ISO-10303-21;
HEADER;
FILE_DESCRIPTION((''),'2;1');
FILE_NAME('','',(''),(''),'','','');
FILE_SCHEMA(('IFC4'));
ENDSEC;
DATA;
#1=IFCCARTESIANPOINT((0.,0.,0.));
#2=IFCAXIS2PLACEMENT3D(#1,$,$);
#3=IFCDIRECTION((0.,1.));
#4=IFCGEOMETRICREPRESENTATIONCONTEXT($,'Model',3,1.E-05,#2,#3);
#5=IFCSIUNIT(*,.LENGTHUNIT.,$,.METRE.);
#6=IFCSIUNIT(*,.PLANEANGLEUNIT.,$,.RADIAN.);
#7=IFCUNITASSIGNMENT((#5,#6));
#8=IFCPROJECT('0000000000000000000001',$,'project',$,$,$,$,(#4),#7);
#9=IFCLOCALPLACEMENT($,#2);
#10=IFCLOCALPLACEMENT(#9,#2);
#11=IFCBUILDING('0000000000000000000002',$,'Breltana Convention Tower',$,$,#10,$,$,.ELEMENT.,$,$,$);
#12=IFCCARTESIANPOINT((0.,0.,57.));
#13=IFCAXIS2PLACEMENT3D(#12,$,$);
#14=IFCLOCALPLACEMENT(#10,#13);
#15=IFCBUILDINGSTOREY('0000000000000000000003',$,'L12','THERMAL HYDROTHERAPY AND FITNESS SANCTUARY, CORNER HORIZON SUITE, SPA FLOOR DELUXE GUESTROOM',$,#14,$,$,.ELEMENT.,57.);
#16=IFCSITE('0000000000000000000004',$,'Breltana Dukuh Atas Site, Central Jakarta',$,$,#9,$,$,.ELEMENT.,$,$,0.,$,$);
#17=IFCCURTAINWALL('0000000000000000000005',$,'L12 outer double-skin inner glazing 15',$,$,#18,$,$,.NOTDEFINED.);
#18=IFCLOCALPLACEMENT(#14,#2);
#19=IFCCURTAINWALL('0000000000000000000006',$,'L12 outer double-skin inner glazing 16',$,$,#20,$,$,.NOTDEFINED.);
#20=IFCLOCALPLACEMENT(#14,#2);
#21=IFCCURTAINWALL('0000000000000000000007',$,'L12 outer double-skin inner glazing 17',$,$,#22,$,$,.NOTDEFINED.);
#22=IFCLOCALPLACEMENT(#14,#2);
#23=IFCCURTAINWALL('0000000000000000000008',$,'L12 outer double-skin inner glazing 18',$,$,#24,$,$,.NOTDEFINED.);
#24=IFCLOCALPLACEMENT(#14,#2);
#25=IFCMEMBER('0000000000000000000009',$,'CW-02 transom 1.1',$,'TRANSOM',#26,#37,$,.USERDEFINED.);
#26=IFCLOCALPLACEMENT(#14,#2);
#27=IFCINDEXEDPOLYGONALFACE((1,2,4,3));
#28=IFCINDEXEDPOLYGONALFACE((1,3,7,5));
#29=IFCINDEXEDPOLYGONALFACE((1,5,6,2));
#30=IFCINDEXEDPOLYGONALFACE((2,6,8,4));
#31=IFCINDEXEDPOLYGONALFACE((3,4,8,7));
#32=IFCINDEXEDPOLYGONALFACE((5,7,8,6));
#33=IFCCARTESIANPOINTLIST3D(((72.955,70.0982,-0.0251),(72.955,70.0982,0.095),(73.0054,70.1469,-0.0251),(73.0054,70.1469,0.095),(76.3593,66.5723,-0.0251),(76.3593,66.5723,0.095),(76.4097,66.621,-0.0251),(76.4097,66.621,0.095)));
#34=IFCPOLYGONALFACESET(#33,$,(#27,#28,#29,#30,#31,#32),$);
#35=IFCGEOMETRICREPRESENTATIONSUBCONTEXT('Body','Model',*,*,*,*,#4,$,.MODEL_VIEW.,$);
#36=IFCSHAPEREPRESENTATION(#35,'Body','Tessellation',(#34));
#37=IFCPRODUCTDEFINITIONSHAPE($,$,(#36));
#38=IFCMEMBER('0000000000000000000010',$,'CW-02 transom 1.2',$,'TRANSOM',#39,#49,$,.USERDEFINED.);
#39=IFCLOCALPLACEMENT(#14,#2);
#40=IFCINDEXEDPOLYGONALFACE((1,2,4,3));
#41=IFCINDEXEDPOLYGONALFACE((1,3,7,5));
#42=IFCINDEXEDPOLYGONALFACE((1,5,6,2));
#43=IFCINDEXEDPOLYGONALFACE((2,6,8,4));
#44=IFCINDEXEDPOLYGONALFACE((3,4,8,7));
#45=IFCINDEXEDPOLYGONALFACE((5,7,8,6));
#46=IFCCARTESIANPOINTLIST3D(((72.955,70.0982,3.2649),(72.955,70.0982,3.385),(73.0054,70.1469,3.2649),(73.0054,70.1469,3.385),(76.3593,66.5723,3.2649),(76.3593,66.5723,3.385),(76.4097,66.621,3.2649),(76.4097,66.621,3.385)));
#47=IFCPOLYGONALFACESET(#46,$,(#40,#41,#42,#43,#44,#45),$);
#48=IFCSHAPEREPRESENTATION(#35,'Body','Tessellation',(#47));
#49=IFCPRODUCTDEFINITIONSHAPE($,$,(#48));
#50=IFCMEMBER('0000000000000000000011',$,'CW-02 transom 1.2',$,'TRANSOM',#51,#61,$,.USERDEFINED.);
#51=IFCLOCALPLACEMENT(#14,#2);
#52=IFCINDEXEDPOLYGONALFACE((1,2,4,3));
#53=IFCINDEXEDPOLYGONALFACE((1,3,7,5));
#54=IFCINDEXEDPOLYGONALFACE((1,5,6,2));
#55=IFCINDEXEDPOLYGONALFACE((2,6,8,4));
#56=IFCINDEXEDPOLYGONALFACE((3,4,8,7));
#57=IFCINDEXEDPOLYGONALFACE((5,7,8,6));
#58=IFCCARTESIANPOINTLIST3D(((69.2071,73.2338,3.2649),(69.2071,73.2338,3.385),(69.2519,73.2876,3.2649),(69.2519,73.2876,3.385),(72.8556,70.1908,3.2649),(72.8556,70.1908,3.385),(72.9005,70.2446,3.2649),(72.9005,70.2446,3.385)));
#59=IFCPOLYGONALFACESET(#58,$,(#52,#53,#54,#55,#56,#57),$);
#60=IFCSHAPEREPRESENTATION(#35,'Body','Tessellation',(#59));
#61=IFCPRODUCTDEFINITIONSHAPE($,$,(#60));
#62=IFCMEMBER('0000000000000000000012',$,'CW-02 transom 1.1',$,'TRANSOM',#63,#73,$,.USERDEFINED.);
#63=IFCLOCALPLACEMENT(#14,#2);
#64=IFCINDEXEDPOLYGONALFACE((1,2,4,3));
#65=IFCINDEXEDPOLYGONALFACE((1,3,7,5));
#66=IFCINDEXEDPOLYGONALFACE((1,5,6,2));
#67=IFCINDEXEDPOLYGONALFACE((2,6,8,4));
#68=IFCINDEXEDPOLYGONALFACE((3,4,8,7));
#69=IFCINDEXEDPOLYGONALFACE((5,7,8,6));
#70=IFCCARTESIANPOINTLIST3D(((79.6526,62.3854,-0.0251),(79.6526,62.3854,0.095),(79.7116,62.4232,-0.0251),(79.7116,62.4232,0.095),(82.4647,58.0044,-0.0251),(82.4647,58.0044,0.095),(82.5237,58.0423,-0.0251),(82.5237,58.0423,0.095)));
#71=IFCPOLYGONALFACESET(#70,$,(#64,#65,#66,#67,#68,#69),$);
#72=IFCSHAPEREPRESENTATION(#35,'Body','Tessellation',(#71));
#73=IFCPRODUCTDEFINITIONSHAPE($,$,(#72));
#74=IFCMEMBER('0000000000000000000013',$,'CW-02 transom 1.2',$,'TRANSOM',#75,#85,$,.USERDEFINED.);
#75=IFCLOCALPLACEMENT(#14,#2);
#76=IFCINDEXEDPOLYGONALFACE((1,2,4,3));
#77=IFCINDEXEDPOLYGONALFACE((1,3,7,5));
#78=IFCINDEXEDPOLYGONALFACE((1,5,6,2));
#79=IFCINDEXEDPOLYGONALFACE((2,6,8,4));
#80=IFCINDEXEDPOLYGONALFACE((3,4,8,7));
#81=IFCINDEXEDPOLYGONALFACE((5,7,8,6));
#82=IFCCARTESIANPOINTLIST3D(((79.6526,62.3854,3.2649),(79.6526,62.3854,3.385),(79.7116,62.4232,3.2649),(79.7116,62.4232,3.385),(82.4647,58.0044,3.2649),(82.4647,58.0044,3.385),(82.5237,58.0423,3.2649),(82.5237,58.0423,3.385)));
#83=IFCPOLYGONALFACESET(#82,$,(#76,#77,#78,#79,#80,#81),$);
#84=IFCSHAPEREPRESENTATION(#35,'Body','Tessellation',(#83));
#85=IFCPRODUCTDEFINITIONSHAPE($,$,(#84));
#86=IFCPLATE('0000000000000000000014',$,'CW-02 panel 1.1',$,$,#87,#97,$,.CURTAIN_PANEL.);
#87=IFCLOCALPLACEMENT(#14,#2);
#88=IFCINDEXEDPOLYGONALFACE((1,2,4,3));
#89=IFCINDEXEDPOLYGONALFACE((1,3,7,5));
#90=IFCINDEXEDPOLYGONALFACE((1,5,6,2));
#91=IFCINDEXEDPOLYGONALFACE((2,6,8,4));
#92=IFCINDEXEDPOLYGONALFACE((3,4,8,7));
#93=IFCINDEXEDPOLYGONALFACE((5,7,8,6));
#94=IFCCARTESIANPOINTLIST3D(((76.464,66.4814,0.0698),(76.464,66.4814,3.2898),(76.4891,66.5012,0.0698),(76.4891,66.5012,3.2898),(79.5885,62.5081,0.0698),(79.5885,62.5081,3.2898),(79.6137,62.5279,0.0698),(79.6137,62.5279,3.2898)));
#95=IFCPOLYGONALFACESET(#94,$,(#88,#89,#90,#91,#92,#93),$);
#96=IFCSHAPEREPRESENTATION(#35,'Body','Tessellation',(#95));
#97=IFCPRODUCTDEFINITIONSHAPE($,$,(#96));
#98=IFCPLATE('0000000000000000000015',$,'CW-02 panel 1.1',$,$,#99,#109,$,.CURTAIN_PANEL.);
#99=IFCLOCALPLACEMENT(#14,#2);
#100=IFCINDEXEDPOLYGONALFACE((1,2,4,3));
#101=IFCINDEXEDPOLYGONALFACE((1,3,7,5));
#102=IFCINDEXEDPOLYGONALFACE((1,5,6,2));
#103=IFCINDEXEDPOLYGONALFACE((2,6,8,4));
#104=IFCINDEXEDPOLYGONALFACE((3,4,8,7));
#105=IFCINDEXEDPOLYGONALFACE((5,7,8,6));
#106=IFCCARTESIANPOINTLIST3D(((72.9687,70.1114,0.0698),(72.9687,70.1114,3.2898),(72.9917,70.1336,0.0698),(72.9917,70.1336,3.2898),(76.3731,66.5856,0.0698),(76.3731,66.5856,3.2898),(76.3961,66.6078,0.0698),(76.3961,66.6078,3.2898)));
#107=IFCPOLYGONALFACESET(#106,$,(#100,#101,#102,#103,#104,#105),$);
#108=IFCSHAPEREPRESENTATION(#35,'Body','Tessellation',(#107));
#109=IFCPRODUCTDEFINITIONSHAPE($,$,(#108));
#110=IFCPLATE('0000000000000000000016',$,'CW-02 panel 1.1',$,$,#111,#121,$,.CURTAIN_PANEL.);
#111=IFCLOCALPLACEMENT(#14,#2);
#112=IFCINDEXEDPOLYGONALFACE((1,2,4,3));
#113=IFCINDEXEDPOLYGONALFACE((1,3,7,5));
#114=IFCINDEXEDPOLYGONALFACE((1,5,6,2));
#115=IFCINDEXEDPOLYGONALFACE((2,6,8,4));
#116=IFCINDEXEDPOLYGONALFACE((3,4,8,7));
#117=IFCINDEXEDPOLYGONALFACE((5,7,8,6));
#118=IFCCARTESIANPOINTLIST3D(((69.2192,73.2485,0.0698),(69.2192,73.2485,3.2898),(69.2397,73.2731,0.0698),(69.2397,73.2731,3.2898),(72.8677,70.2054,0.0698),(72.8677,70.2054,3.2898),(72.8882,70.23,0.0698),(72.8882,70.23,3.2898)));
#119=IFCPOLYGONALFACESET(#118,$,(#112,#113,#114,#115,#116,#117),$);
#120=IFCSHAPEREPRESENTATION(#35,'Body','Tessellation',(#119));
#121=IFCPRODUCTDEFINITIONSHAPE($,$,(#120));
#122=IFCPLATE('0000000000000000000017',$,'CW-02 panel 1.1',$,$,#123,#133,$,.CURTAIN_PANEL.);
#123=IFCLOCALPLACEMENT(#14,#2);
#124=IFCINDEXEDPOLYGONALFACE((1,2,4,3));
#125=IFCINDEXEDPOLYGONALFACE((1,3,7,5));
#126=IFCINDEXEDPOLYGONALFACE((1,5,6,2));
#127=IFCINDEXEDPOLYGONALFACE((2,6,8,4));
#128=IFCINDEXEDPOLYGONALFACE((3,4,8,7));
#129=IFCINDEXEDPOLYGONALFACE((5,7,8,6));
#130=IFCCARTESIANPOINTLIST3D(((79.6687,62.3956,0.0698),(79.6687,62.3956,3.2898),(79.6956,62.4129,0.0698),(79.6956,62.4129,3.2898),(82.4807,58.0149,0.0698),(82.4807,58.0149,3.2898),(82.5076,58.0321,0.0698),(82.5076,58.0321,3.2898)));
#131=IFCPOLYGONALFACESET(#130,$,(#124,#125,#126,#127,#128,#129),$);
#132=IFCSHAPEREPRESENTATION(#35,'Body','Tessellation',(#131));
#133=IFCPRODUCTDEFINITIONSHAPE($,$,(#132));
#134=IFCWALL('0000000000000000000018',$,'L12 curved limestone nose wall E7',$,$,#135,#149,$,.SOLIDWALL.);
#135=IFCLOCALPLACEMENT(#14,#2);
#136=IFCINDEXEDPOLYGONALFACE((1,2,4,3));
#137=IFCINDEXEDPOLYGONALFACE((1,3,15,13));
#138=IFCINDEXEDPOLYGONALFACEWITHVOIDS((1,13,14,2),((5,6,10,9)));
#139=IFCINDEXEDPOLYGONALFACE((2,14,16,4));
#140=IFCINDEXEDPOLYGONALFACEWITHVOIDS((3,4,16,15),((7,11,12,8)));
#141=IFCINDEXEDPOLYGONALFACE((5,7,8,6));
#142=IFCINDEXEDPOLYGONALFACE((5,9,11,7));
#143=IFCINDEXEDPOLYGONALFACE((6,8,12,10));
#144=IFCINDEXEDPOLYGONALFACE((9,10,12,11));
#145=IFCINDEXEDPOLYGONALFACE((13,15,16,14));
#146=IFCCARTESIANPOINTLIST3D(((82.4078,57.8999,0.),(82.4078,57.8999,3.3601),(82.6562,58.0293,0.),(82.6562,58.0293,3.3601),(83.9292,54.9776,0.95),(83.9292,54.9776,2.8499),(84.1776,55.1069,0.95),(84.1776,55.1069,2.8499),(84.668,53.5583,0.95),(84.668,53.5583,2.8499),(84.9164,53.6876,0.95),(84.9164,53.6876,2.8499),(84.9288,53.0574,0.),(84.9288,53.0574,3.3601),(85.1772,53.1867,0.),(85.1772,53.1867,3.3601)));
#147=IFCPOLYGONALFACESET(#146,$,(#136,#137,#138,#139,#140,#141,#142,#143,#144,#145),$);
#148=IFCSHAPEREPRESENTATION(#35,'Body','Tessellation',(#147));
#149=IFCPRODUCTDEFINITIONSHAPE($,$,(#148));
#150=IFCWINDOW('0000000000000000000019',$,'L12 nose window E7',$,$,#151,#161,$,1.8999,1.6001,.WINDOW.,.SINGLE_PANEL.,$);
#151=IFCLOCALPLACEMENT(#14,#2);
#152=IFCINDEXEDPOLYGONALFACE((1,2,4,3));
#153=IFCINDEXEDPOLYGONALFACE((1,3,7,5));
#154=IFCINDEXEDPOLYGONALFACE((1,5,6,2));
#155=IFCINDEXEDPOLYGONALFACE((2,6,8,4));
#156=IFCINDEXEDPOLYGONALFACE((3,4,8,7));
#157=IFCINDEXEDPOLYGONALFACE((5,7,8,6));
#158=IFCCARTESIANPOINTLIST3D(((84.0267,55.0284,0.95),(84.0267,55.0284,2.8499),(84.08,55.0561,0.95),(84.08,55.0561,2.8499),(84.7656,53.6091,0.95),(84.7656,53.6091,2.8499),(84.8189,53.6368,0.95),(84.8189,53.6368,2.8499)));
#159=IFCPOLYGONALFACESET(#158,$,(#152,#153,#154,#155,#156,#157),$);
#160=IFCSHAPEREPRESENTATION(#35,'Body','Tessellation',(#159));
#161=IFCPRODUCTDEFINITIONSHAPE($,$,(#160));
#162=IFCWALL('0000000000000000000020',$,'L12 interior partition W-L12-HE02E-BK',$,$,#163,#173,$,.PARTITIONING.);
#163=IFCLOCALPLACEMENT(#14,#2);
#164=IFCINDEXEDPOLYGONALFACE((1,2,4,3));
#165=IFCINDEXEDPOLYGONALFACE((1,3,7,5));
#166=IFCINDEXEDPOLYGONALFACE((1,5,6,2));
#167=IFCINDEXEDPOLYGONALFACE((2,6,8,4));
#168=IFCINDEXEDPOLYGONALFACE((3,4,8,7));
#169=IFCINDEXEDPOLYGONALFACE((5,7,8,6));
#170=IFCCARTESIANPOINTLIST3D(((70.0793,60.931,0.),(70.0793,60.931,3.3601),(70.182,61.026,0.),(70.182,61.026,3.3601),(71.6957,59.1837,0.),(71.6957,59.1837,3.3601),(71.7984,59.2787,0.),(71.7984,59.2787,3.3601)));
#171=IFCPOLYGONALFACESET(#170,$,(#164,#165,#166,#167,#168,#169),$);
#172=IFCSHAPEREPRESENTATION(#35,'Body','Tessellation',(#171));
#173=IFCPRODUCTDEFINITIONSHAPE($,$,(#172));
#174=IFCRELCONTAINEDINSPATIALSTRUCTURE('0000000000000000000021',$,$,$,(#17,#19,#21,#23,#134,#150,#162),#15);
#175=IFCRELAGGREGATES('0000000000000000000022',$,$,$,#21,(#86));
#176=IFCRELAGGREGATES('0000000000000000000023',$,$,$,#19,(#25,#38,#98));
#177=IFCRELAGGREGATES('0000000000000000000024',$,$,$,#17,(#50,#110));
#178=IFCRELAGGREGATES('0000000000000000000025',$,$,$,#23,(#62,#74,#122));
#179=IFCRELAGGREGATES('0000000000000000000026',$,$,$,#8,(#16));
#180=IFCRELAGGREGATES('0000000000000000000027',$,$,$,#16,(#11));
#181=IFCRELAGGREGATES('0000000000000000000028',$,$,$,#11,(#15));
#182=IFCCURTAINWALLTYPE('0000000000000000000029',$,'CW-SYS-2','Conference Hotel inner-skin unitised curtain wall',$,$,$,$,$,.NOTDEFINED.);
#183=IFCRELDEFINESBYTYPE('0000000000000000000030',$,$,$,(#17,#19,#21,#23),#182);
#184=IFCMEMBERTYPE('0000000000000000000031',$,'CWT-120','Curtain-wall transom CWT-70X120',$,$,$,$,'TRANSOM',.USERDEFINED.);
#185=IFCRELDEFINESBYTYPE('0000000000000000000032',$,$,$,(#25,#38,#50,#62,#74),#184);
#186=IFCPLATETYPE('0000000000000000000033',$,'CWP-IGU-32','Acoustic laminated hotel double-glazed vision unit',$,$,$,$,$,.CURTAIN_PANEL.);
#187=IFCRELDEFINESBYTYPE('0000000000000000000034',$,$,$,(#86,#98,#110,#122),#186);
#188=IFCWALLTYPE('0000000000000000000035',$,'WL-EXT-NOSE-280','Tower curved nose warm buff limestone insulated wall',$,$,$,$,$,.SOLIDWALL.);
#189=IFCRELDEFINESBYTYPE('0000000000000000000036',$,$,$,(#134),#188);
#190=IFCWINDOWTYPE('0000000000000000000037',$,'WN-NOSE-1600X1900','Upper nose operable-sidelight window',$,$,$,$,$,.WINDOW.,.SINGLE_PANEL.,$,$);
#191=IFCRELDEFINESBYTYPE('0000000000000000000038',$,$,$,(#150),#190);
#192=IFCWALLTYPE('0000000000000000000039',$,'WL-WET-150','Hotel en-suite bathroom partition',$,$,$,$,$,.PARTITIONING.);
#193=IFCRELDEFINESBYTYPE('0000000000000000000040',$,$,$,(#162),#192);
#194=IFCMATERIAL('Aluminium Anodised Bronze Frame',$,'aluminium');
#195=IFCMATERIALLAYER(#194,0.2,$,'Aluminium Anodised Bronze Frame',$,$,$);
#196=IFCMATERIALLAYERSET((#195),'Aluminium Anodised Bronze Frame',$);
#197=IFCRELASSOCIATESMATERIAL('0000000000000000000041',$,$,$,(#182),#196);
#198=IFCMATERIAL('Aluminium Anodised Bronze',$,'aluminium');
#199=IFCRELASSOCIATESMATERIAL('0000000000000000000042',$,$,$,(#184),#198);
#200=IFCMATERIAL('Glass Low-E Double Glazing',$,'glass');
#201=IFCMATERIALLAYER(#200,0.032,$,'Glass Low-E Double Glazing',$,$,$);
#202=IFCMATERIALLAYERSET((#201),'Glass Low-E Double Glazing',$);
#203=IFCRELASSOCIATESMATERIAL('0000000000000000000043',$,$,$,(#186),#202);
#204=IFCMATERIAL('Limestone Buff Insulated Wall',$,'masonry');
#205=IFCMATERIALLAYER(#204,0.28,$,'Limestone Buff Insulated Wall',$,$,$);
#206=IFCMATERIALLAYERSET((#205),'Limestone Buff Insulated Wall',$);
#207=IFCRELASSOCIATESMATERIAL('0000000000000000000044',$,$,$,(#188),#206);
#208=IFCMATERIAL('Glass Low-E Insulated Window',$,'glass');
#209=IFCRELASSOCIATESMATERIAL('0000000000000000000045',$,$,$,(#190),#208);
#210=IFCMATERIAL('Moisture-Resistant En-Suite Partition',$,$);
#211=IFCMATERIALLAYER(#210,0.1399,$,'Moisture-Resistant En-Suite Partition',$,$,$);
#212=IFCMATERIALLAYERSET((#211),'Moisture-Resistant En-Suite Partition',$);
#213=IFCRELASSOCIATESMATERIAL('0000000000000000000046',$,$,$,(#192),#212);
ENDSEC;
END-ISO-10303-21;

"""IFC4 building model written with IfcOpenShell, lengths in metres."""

from ifc_helpers import new_model, si_unit, direction, frame, frame_2d, origin, origin_2d, place, context, subcontext, project, spatial, rectangle, extrude, source, transform, mapped, material, layer, layer_set, material_profile, profile_set, type_object, type_shapes, element, fill, aggregate, save


model = new_model("IFC4")

# Units and contexts
model_context = context("Model", 3, precision=1e-05, world=origin(), true_north=direction((0.0, 1.0)))
body_context = subcontext(model_context, "Body", "Model", "MODEL_VIEW")
ifc_project = project(units=[si_unit("LENGTHUNIT", "METRE"), si_unit("PLANEANGLEUNIT", "RADIAN")], contexts=[model_context])

# Site, building, storey
site_placement = place(None, origin())
site = spatial("IfcSite", under=ifc_project, at=site_placement, Name="Breltana Dukuh Atas Site, Central Jakarta", CompositionType="ELEMENT", RefElevation=0.0)
building_placement = place(site_placement, origin())
building = spatial("IfcBuilding", under=site, at=building_placement, Name="Breltana Convention Tower", CompositionType="ELEMENT")
storey_placement = place(building_placement, frame((0.0, 0.0, 57.0)))
storey = spatial("IfcBuildingStorey", under=building, at=storey_placement, Name="L12", Description="THERMAL HYDROTHERAPY AND FITNESS SANCTUARY, CORNER HORIZON SUITE, SPA FLOOR DELUXE GUESTROOM", CompositionType="ELEMENT", Elevation=57.0)

# Curtain wall
ifc_material_1 = material(Name="Aluminium Anodised Bronze Frame", Category="aluminium")
ifc_layer_1 = layer(ifc_material_1, 0.2, Name="Aluminium Anodised Bronze Frame")
ifc_layer_set_1 = layer_set([ifc_layer_1], Name="Aluminium Anodised Bronze Frame")
curtain_wall_type = type_object("IfcCurtainWallType", Name="CW-SYS-2", Description="Conference Hotel inner-skin unitised curtain wall", PredefinedType="NOTDEFINED", material=ifc_layer_set_1)
curtain_wall_1_placement = place(storey_placement, origin())
curtain_wall_1 = element("IfcCurtainWall", 1, at=curtain_wall_1_placement, inside=storey, type_object=curtain_wall_type, Name="L12 outer double-skin inner glazing 15", PredefinedType="NOTDEFINED")
ifc_material_2 = material(Name="Aluminium Anodised Bronze", Category="aluminium")

# Curtain walls
curtain_wall_2_placement = place(storey_placement, origin())
curtain_wall_2 = element("IfcCurtainWall", 2, at=curtain_wall_2_placement, inside=storey, type_object=curtain_wall_type, Name="L12 outer double-skin inner glazing 16", PredefinedType="NOTDEFINED")
curtain_wall_3_placement = place(storey_placement, origin())
curtain_wall_3 = element("IfcCurtainWall", 3, at=curtain_wall_3_placement, inside=storey, type_object=curtain_wall_type, Name="L12 outer double-skin inner glazing 17", PredefinedType="NOTDEFINED")
curtain_wall_4_placement = place(storey_placement, origin())
curtain_wall_4 = element("IfcCurtainWall", 4, at=curtain_wall_4_placement, inside=storey, type_object=curtain_wall_type, Name="L12 outer double-skin inner glazing 18", PredefinedType="NOTDEFINED")

# Members
ifc_material_profile_1 = material_profile(ifc_material_2, rectangle(XDim=0.0701, YDim=0.1201, at=origin_2d()), Name="CWT-70X120")
ifc_profile_set_1 = profile_set([ifc_material_profile_1], Name="Aluminium Anodised Bronze")
member_type_1 = type_object("IfcMemberType", Name="CWT-120", Description="Curtain-wall transom CWT-70X120", ElementType="TRANSOM", PredefinedType="USERDEFINED", material=ifc_profile_set_1)
shared_shape_1 = source(origin(), body_context, "Body", "SweptSolid", [
    extrude(rectangle(XDim=0.0701, YDim=0.1201, at=origin_2d()), origin(), (0.0, 0.0, 1.0), 4.9011),
])
member_1_placement = place(storey_placement, frame((72.9802, 70.1226, 0.0349), z_axis=(0.694595, -0.719401, 0.0), x_axis=(0.719401, 0.694595, 0.0)))
member_1 = element("IfcMember", 5, at=member_1_placement, type_object=member_type_1, Name="CW-02 transom 1.1", ObjectType="TRANSOM", PredefinedType="USERDEFINED", context=body_context, shape_type="MappedRepresentation", body=[
    mapped(shared_shape_1, transform((0.0, 0.0, 0.0), scale=1.0)),
])
member_2_placement = place(storey_placement, frame((72.9802, 70.1226, 3.325), z_axis=(0.694595, -0.719401, 0.0), x_axis=(0.719401, 0.694595, 0.0)))
member_2 = element("IfcMember", 6, at=member_2_placement, type_object=member_type_1, Name="CW-02 transom 1.2", ObjectType="TRANSOM", PredefinedType="USERDEFINED", context=body_context, shape_type="MappedRepresentation", body=[
    mapped(shared_shape_1, transform((0.0, 0.0, 0.0), scale=1.0)),
])
shared_shape_2 = source(origin(), body_context, "Body", "SweptSolid", [
    extrude(rectangle(XDim=0.0701, YDim=0.1201, at=origin_2d()), origin(), (0.0, 0.0, 1.0), 4.751),
])
member_3_placement = place(storey_placement, frame((69.2295, 73.2607, 3.325), z_axis=(0.767952, -0.640508, 0.0), x_axis=(0.640508, 0.767952, 0.0)))
member_3 = element("IfcMember", 7, at=member_3_placement, type_object=member_type_1, Name="CW-02 transom 1.2", ObjectType="TRANSOM", PredefinedType="USERDEFINED", context=body_context, shape_type="MappedRepresentation", body=[
    mapped(shared_shape_2, transform((0.0, 0.0, 0.0), scale=1.0)),
])
shared_shape_3 = source(origin(), body_context, "Body", "SweptSolid", [
    extrude(rectangle(XDim=0.0701, YDim=0.1201, at=origin_2d()), origin(), (0.0, 0.0, 1.0), 5.2058),
])
member_4_placement = place(storey_placement, frame((79.6821, 62.4043, 0.0349), z_axis=(0.540179, -0.84155, 0.0), x_axis=(0.84155, 0.540179, 0.0)))
member_4 = element("IfcMember", 8, at=member_4_placement, type_object=member_type_1, Name="CW-02 transom 1.1", ObjectType="TRANSOM", PredefinedType="USERDEFINED", context=body_context, shape_type="MappedRepresentation", body=[
    mapped(shared_shape_3, transform((0.0, 0.0, 0.0), scale=1.0)),
])
member_5_placement = place(storey_placement, frame((79.6821, 62.4043, 3.325), z_axis=(0.540179, -0.84155, 0.0), x_axis=(0.84155, 0.540179, 0.0)))
member_5 = element("IfcMember", 9, at=member_5_placement, type_object=member_type_1, Name="CW-02 transom 1.2", ObjectType="TRANSOM", PredefinedType="USERDEFINED", context=body_context, shape_type="MappedRepresentation", body=[
    mapped(shared_shape_3, transform((0.0, 0.0, 0.0), scale=1.0)),
])

# Plates
ifc_material_3 = material(Name="Glass Low-E Double Glazing", Category="glass")
ifc_layer_2 = layer(ifc_material_3, 0.032, Name="Glass Low-E Double Glazing")
ifc_layer_set_2 = layer_set([ifc_layer_2], Name="Glass Low-E Double Glazing")
plate_type = type_object("IfcPlateType", Name="CWP-IGU-32", Description="Acoustic laminated hotel double-glazed vision unit", PredefinedType="CURTAIN_PANEL", material=ifc_layer_set_2)
shared_shape_4 = source(origin(), body_context, "Body", "SweptSolid", [
    extrude(rectangle(XDim=5.0547, YDim=0.032, at=origin_2d()), origin(), (0.0, 0.0, 1.0), 3.22),
])
plate_1_placement = place(storey_placement, frame((78.0388, 64.5046, 0.0698), z_axis=(0.0, 0.0, 1.0), x_axis=(0.618154, -0.786057, 0.0)))
plate_1 = element("IfcPlate", 10, at=plate_1_placement, type_object=plate_type, Name="CW-02 panel 1.1", PredefinedType="CURTAIN_PANEL", context=body_context, shape_type="MappedRepresentation", body=[
    mapped(shared_shape_4, transform((0.0, 0.0, 0.0), scale=1.0)),
])
aggregate(curtain_wall_3, [plate_1])
shared_shape_5 = source(origin(), body_context, "Body", "SweptSolid", [
    extrude(rectangle(XDim=4.9011, YDim=0.032, at=origin_2d()), origin(), (0.0, 0.0, 1.0), 3.22),
])
plate_2_placement = place(storey_placement, frame((74.6824, 68.3596, 0.0698), z_axis=(0.0, 0.0, 1.0), x_axis=(0.69461, -0.719386, 0.0)))
plate_2 = element("IfcPlate", 11, at=plate_2_placement, type_object=plate_type, Name="CW-02 panel 1.1", PredefinedType="CURTAIN_PANEL", context=body_context, shape_type="MappedRepresentation", body=[
    mapped(shared_shape_5, transform((0.0, 0.0, 0.0), scale=1.0)),
])
aggregate(curtain_wall_2, [member_1, member_2, plate_2])
shared_shape_6 = source(origin(), body_context, "Body", "SweptSolid", [
    extrude(rectangle(XDim=4.751, YDim=0.032, at=origin_2d()), origin(), (0.0, 0.0, 1.0), 3.22),
])
plate_3_placement = place(storey_placement, frame((71.0537, 71.7393, 0.0698), z_axis=(0.0, 0.0, 1.0), x_axis=(0.767941, -0.64052, 0.0)))
plate_3 = element("IfcPlate", 12, at=plate_3_placement, type_object=plate_type, Name="CW-02 panel 1.1", PredefinedType="CURTAIN_PANEL", context=body_context, shape_type="MappedRepresentation", body=[
    mapped(shared_shape_6, transform((0.0, 0.0, 0.0), scale=1.0)),
])
aggregate(curtain_wall_1, [member_3, plate_3])
shared_shape_7 = source(origin(), body_context, "Body", "SweptSolid", [
    extrude(rectangle(XDim=5.2056, YDim=0.032, at=origin_2d()), origin(), (0.0, 0.0, 1.0), 3.22),
])
plate_4_placement = place(storey_placement, frame((81.0881, 60.2139, 0.0698), z_axis=(0.0, 0.0, 1.0), x_axis=(0.540181, -0.841549, 0.0)))
plate_4 = element("IfcPlate", 13, at=plate_4_placement, type_object=plate_type, Name="CW-02 panel 1.1", PredefinedType="CURTAIN_PANEL", context=body_context, shape_type="MappedRepresentation", body=[
    mapped(shared_shape_7, transform((0.0, 0.0, 0.0), scale=1.0)),
])
aggregate(curtain_wall_4, [member_4, member_5, plate_4])

# Wall, opening, window
ifc_material_4 = material(Name="Limestone Buff Insulated Wall", Category="masonry")
ifc_layer_3 = layer(ifc_material_4, 0.28, Name="Limestone Buff Insulated Wall")
ifc_layer_set_3 = layer_set([ifc_layer_3], Name="Limestone Buff Insulated Wall")
wall_type_1 = type_object("IfcWallType", Name="WL-EXT-NOSE-280", Description="Tower curved nose warm buff limestone insulated wall", PredefinedType="SOLIDWALL", material=ifc_layer_set_3)
shared_shape_8 = source(origin(), body_context, "Body", "SweptSolid", [
    extrude(rectangle(XDim=5.4595, YDim=0.28, at=frame_2d((2.7297, 0.0))), origin(), (0.0, 0.0, 1.0), 3.3601),
])
wall_1_placement = place(storey_placement, frame((82.532, 57.9646, 0.0), z_axis=(0.0, 0.0, 1.0), x_axis=(0.461768, -0.887001, 0.0)))
wall_1 = element("IfcWall", 14, at=wall_1_placement, inside=storey, type_object=wall_type_1, Name="L12 curved limestone nose wall E7", PredefinedType="SOLIDWALL", context=body_context, shape_type="MappedRepresentation", body=[
    mapped(shared_shape_8, transform((0.0, 0.0, 0.0), scale=1.0)),
])
opening_placement = place(wall_1_placement, frame((3.2947, 0.0, 0.95)))
opening = element("IfcOpeningElement", 15, at=opening_placement, cuts=wall_1, PredefinedType="OPENING", context=body_context, shape_type="SweptSolid", body=[
    extrude(rectangle(XDim=1.6001, YDim=1.8999, at=frame_2d((0.8, 0.95))), frame((0.0, 0.1499, 0.0), z_axis=(0.0, -1.0, 0.0), x_axis=(1.0, 0.0, 0.0)), (0.0, 0.0, 1.0), 0.3),
])
ifc_material_5 = material(Name="Glass Low-E Insulated Window", Category="glass")
window_type = type_object("IfcWindowType", Name="WN-NOSE-1600X1900", Description="Upper nose operable-sidelight window", PartitioningType="SINGLE_PANEL", PredefinedType="WINDOW", material=ifc_material_5)
shared_shape_9 = source(origin(), body_context, "Body", "SweptSolid", [
    extrude(rectangle(XDim=1.6001, YDim=1.8999, at=frame_2d((0.8, 0.95))), frame((0.0, 0.03, 0.0), z_axis=(0.0, -1.0, 0.0), x_axis=(1.0, 0.0, 0.0)), (0.0, 0.0, 1.0), 0.0601),
])
type_shapes(window_type, [shared_shape_9])
window_placement = place(opening_placement, origin())
window = element("IfcWindow", 16, at=window_placement, inside=storey, type_object=window_type, Name="L12 nose window E7", OverallHeight=1.8999, OverallWidth=1.6001, PartitioningType="SINGLE_PANEL", PredefinedType="WINDOW", context=body_context, shape_type="MappedRepresentation", body=[
    mapped(shared_shape_9, transform((0.0, 0.0, 0.0), scale=1.0)),
])
fill(opening, window)

# Wall
ifc_material_6 = material(Name="Moisture-Resistant En-Suite Partition")
ifc_layer_4 = layer(ifc_material_6, 0.1399, Name="Moisture-Resistant En-Suite Partition")
ifc_layer_set_4 = layer_set([ifc_layer_4], Name="Moisture-Resistant En-Suite Partition")
wall_type_2 = type_object("IfcWallType", Name="WL-WET-150", Description="Hotel en-suite bathroom partition", PredefinedType="PARTITIONING", material=ifc_layer_set_4)
shared_shape_10 = source(origin(), body_context, "Body", "SweptSolid", [
    extrude(rectangle(XDim=2.3804, YDim=0.1399, at=frame_2d((1.1902, 0.0))), origin(), (0.0, 0.0, 1.0), 3.3601),
])
wall_2_placement = place(storey_placement, frame((70.1306, 60.9785, 0.0), z_axis=(0.0, 0.0, 1.0), x_axis=(0.679085, -0.73406, 0.0)))
element("IfcWall", 17, at=wall_2_placement, inside=storey, type_object=wall_type_2, Name="L12 interior partition W-L12-HE02E-BK", PredefinedType="PARTITIONING", context=body_context, shape_type="MappedRepresentation", body=[
    mapped(shared_shape_10, transform((0.0, 0.0, 0.0), scale=1.0)),
])

save(model, "model.ifc")
